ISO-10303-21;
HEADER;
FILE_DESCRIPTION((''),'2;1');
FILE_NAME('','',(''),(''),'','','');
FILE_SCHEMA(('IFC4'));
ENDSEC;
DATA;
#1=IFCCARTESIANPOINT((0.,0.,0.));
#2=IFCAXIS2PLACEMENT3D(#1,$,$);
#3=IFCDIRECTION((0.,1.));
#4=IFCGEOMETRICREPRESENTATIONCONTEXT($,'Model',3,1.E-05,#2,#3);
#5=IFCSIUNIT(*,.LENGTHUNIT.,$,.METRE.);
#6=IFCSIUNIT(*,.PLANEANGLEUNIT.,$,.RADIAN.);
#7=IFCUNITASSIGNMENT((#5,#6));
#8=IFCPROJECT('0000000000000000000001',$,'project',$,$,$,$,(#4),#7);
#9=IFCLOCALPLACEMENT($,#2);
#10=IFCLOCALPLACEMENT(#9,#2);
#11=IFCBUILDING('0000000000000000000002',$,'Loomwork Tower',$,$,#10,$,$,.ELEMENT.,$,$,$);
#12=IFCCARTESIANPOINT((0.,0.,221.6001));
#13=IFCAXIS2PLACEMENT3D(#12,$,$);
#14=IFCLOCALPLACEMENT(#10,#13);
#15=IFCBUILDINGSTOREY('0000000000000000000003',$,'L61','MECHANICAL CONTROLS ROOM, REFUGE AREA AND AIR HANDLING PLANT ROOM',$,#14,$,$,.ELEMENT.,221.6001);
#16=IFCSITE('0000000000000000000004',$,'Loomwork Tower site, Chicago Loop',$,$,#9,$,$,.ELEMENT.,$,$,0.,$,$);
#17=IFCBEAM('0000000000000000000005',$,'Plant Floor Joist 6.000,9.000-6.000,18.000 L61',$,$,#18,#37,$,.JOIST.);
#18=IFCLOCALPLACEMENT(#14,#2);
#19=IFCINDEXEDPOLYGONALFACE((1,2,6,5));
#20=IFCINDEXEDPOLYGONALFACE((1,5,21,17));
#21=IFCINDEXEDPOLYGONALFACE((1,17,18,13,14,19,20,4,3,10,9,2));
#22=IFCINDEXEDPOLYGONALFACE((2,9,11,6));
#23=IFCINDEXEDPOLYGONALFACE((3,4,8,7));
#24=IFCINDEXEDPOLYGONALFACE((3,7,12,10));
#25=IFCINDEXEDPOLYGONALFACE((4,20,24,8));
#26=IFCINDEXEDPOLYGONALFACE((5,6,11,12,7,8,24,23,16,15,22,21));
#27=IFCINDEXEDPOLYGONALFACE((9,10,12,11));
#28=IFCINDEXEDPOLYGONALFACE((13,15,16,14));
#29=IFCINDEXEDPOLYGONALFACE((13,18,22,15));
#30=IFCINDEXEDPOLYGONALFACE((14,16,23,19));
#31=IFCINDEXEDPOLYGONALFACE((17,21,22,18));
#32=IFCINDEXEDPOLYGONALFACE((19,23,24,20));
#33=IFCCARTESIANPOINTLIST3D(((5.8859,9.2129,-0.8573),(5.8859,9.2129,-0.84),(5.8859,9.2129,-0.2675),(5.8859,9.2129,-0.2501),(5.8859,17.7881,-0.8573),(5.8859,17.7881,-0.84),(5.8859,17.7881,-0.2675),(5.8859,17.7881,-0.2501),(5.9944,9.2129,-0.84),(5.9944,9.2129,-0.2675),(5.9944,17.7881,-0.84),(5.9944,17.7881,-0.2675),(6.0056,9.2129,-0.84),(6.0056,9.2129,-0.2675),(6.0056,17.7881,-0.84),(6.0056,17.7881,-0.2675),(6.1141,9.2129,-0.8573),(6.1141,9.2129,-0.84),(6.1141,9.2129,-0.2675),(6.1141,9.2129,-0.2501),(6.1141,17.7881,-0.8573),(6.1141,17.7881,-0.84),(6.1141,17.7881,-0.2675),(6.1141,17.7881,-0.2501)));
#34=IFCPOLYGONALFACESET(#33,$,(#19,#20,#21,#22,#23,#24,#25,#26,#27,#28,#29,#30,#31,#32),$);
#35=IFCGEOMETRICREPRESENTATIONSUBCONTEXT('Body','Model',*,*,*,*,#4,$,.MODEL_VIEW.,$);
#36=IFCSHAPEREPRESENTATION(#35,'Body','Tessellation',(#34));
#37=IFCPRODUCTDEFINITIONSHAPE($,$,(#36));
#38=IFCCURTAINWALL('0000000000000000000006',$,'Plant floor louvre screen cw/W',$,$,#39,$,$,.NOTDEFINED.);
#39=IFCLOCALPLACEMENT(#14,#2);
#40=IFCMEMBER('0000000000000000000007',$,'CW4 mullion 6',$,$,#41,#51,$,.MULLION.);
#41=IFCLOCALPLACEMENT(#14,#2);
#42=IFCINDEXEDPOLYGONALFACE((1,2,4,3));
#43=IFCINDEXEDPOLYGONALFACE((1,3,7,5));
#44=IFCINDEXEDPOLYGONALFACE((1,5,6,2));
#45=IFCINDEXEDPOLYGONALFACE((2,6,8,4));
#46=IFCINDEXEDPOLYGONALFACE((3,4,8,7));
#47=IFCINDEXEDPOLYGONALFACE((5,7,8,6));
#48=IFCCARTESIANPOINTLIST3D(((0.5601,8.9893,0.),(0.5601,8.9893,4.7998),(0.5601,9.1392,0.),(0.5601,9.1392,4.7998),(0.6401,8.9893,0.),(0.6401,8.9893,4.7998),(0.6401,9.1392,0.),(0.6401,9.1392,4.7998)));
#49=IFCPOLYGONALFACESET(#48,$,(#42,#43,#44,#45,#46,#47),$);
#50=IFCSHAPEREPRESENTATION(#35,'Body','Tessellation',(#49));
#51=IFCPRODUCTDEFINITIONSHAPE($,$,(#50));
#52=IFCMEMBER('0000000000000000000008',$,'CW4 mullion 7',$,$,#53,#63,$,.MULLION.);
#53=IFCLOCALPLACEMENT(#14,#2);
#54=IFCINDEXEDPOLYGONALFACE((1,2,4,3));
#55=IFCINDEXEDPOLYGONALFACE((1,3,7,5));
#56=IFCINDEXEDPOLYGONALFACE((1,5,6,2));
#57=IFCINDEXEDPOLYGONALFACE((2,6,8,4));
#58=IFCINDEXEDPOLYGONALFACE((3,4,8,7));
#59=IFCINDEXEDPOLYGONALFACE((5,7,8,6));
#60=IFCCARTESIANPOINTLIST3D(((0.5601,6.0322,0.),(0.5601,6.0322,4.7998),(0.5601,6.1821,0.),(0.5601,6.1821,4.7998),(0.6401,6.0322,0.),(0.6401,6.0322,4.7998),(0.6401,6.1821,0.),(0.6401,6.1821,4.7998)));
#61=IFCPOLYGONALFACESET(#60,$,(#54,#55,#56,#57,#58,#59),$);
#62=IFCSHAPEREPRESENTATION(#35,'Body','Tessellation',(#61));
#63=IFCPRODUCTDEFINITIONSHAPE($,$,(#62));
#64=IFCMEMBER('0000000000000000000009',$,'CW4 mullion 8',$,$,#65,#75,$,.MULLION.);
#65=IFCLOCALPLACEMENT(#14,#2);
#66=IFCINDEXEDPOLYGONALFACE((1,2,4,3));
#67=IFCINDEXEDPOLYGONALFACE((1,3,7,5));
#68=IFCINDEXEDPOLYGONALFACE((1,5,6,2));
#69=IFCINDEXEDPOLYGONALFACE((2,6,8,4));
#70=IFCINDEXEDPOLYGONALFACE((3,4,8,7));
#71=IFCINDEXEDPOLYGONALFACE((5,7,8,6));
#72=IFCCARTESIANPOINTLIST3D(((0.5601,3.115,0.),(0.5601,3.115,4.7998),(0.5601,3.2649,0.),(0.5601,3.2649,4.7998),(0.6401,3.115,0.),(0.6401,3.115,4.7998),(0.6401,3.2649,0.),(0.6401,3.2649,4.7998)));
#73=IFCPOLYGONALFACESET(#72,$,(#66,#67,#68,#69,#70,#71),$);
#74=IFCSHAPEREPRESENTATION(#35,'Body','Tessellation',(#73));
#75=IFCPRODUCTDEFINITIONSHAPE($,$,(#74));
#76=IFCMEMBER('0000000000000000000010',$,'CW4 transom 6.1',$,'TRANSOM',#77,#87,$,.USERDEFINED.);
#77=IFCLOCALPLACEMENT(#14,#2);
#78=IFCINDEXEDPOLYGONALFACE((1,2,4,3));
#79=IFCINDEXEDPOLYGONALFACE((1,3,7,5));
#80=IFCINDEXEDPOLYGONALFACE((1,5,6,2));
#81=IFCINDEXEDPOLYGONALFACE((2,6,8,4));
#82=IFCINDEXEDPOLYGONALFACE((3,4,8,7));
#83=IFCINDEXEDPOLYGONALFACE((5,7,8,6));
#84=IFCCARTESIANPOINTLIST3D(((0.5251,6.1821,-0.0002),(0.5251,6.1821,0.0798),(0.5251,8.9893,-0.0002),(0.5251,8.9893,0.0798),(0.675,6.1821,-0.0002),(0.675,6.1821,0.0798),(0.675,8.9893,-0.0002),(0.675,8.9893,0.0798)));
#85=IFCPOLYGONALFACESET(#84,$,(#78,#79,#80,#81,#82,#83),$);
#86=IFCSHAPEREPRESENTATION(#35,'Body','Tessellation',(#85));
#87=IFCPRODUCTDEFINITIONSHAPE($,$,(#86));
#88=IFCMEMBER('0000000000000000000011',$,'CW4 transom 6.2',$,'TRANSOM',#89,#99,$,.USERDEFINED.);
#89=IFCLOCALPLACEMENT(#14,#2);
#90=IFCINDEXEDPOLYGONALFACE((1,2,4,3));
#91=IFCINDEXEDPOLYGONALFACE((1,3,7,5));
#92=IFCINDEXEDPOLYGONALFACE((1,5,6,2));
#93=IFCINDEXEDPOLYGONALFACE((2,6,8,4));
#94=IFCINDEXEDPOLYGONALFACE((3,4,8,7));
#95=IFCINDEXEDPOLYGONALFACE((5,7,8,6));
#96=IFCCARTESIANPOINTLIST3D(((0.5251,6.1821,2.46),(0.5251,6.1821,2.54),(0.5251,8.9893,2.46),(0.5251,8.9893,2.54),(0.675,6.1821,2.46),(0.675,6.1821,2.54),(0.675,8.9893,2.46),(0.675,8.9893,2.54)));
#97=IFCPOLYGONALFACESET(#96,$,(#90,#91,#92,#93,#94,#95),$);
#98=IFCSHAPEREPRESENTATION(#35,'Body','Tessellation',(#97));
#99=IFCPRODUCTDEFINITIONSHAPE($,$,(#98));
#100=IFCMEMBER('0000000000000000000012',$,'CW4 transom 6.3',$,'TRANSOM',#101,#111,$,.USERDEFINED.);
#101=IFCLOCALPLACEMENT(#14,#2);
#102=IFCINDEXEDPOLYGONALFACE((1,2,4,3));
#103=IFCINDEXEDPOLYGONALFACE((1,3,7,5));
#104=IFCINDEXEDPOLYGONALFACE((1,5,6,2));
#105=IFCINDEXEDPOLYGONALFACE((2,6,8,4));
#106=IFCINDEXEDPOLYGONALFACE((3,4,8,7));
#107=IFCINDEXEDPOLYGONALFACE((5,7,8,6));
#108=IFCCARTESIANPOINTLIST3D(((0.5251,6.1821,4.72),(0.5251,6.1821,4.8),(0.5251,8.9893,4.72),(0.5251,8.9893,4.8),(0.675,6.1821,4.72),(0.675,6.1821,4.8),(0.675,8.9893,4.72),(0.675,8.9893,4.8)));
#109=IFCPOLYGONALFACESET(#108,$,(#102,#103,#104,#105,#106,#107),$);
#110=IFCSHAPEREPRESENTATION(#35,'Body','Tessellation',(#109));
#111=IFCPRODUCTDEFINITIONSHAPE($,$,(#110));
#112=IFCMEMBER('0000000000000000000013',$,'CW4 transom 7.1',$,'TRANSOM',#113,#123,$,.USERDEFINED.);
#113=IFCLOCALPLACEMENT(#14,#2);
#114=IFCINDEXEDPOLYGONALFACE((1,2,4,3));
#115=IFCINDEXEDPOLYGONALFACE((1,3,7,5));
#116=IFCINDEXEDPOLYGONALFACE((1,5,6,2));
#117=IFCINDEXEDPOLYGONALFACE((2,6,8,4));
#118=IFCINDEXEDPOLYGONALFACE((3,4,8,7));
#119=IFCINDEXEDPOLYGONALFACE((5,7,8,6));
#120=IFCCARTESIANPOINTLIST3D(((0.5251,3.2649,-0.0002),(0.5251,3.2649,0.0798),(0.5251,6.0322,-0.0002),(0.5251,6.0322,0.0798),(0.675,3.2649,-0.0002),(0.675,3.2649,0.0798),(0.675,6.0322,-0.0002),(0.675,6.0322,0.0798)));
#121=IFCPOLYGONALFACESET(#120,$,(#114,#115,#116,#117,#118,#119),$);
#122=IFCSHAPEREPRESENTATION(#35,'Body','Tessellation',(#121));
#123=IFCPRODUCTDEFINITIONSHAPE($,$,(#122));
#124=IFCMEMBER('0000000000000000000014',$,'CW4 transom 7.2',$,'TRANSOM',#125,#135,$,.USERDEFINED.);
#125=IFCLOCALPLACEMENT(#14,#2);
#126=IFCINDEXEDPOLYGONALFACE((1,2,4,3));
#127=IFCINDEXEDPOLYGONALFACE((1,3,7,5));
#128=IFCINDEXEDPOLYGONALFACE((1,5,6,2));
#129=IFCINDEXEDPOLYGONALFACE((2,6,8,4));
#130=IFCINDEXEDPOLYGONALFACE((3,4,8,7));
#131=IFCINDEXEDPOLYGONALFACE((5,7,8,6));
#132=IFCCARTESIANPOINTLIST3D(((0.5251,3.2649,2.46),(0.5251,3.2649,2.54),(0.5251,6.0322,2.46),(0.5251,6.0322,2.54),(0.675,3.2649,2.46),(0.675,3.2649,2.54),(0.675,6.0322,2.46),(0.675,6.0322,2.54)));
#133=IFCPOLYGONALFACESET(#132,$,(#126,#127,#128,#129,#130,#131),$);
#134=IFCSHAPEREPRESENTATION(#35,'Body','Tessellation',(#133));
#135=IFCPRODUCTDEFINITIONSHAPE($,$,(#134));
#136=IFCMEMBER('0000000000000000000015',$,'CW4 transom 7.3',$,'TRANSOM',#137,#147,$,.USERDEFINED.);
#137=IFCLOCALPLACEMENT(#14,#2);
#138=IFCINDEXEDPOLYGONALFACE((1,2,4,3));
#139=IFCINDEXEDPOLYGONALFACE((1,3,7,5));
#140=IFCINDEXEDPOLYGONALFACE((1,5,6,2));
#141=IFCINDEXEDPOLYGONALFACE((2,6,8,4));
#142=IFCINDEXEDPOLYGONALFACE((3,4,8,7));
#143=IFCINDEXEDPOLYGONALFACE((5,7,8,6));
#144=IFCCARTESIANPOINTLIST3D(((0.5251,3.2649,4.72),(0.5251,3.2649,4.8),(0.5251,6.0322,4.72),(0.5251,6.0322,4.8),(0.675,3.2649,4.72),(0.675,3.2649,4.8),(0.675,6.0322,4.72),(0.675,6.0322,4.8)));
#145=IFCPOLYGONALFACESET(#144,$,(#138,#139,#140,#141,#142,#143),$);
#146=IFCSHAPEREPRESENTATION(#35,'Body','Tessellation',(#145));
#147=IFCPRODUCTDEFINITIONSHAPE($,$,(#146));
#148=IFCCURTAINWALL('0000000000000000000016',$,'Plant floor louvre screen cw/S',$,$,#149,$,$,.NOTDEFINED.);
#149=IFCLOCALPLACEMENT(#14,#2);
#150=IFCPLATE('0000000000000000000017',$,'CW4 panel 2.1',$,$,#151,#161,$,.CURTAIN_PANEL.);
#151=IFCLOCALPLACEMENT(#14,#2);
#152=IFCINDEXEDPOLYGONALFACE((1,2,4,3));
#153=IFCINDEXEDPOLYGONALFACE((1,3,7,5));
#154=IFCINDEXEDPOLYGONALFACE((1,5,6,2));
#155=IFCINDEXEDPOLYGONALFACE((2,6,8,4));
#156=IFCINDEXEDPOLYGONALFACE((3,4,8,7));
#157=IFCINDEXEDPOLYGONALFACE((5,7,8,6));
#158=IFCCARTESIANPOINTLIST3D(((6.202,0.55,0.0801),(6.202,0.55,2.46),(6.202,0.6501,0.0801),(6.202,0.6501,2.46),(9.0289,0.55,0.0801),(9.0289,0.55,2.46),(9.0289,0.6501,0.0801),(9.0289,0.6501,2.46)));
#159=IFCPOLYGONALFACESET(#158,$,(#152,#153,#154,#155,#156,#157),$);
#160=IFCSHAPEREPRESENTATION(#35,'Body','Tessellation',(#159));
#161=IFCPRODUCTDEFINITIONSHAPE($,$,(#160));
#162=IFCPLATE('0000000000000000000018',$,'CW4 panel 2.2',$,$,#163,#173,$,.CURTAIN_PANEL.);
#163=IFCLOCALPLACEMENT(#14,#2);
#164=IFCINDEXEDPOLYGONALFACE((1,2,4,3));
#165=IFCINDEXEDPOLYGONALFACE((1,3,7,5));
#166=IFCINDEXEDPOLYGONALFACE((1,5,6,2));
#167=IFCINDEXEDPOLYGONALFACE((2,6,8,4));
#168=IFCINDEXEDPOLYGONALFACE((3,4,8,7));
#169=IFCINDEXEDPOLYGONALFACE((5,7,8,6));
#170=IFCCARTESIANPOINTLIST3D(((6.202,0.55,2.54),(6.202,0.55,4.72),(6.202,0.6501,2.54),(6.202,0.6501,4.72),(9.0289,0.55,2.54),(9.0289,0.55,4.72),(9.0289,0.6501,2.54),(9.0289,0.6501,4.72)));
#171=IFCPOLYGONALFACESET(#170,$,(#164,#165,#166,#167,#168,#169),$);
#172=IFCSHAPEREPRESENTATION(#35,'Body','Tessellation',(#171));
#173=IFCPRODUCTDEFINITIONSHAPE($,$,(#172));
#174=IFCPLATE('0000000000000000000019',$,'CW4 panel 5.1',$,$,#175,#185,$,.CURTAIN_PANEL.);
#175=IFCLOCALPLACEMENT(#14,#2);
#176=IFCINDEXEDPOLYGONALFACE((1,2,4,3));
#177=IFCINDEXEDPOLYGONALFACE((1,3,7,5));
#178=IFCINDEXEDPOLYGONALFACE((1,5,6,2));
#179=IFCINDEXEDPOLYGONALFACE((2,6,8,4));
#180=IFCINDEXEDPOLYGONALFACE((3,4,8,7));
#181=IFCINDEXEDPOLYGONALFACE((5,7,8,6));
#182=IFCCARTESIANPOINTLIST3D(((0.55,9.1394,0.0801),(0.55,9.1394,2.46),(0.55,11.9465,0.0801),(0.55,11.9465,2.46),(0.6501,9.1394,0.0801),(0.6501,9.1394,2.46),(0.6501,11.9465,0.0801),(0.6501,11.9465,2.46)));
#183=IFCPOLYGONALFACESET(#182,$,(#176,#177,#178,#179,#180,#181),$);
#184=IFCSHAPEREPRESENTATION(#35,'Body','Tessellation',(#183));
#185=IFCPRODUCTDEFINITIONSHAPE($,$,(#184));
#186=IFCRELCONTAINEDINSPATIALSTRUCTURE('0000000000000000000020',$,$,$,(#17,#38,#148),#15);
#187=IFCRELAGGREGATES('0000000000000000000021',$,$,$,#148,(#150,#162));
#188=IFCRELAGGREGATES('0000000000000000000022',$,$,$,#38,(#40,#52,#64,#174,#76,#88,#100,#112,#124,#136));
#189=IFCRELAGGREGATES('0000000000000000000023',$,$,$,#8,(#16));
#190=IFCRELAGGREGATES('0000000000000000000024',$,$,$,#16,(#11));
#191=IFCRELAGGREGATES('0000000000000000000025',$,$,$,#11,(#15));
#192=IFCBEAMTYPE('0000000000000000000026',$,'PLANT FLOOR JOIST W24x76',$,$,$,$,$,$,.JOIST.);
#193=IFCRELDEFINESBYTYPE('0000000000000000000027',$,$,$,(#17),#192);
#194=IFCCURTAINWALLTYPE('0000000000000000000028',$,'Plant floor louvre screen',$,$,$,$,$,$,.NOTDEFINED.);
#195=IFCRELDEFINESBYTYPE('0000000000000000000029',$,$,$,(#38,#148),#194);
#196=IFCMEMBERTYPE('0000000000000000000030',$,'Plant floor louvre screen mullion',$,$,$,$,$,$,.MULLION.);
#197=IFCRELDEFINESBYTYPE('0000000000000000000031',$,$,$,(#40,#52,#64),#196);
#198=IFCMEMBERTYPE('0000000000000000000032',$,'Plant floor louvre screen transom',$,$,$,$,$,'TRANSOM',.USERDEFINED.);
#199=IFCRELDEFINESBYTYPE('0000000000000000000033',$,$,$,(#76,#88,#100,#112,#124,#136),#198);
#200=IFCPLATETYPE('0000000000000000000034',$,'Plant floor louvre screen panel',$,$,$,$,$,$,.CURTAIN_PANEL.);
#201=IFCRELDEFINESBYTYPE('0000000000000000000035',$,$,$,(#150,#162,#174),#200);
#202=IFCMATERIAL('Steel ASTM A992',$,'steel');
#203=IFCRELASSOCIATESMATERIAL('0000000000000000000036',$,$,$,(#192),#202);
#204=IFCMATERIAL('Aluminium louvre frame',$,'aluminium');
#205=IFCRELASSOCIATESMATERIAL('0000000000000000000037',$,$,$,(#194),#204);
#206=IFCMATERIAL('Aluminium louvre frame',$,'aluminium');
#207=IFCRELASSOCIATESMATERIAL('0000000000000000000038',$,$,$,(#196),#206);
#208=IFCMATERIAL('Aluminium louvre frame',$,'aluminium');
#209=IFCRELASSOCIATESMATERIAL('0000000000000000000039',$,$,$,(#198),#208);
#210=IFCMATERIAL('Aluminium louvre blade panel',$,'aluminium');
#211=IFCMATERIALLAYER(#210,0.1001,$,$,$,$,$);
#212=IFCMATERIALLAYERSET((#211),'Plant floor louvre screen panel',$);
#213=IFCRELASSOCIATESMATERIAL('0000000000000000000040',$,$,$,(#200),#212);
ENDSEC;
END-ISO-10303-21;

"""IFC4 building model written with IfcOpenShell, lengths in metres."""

from ifc_helpers import new_model, si_unit, direction, frame, origin, origin_2d, place, context, subcontext, project, spatial, rectangle, i_section, extrude, material, layer, layer_set, material_profile, profile_set, type_object, element, aggregate, save


model = new_model("IFC4")

# Units and contexts
model_context = context("Model", 3, precision=1e-05, world=origin(), true_north=direction((0.0, 1.0)))
body_context = subcontext(model_context, "Body", "Model", "MODEL_VIEW")
ifc_project = project(units=[si_unit("LENGTHUNIT", "METRE"), si_unit("PLANEANGLEUNIT", "RADIAN")], contexts=[model_context])

# Site, building, storey
site_placement = place(None, origin())
site = spatial("IfcSite", under=ifc_project, at=site_placement, Name="Loomwork Tower site, Chicago Loop", CompositionType="ELEMENT", RefElevation=0.0)
building_placement = place(site_placement, origin())
building = spatial("IfcBuilding", under=site, at=building_placement, Name="Loomwork Tower", CompositionType="ELEMENT")
storey_placement = place(building_placement, frame((0.0, 0.0, 221.6001)))
storey = spatial("IfcBuildingStorey", under=building, at=storey_placement, Name="L61", Description="MECHANICAL CONTROLS ROOM, REFUGE AREA AND AIR HANDLING PLANT ROOM", CompositionType="ELEMENT", Elevation=221.6001)

# Beam
ifc_material_1 = material(Name="Steel ASTM A992", Category="steel")
ifc_material_profile_1 = material_profile(ifc_material_1, i_section(OverallWidth=0.2283, OverallDepth=0.6072, WebThickness=0.0112, FlangeThickness=0.0173, at=origin_2d()), Name="W24x76")
ifc_profile_set_1 = profile_set([ifc_material_profile_1], Name="Steel ASTM A992")
beam_type_1 = type_object("IfcBeamType", Name="PLANT FLOOR JOIST W24x76", PredefinedType="JOIST", material=ifc_profile_set_1)
for number, where, z_axis, x_axis, name in (
    (1, (6.0, 9.2129, -0.5537), (0.0, 1.0, 0.0), (-1.0, 0.0, 0.0), "Plant Floor Joist 6.000,9.000-6.000,18.000 L61"),
):
    element("IfcBeam", number, at=place(storey_placement, frame(where, z_axis=z_axis, x_axis=x_axis)), inside=storey, type_object=beam_type_1, Name=name, PredefinedType="JOIST", context=body_context, shape_type="SweptSolid", body=[
        extrude(i_section(OverallWidth=0.2283, OverallDepth=0.6072, WebThickness=0.0112, FlangeThickness=0.0173, at=origin_2d()), origin(), (0.0, 0.0, 1.0), 8.5752),
    ])

# Curtain wall, members
ifc_material_2 = material(Name="Aluminium louvre frame", Category="aluminium")
curtain_wall_type = type_object("IfcCurtainWallType", Name="Plant floor louvre screen", PredefinedType="NOTDEFINED", material=ifc_material_2)
curtain_wall_1_placement = place(storey_placement, origin())
curtain_wall_1 = element("IfcCurtainWall", 2, at=curtain_wall_1_placement, inside=storey, type_object=curtain_wall_type, Name="Plant floor louvre screen cw/W", PredefinedType="NOTDEFINED")
ifc_material_3 = material(Name="Aluminium louvre frame", Category="aluminium")
ifc_material_profile_2 = material_profile(ifc_material_3, rectangle(XDim=0.0801, YDim=0.1499, at=origin_2d()), Name="AL 80x150")
ifc_profile_set_2 = profile_set([ifc_material_profile_2], Name="Aluminium louvre frame")
member_type_1 = type_object("IfcMemberType", Name="Plant floor louvre screen mullion", PredefinedType="MULLION", material=ifc_profile_set_2)
member_1_placement = place(storey_placement, frame((0.6001, 9.0642, 0.0), z_axis=(0.0, 0.0, 1.0), x_axis=(1.0, 0.0, 0.0)))
member_1 = element("IfcMember", 3, at=member_1_placement, type_object=member_type_1, Name="CW4 mullion 6", PredefinedType="MULLION", context=body_context, shape_type="SweptSolid", body=[
    extrude(rectangle(XDim=0.0801, YDim=0.1499, at=origin_2d()), origin(), (0.0, 0.0, 1.0), 4.7998),
])
member_2_placement = place(storey_placement, frame((0.6001, 6.1072, 0.0), z_axis=(0.0, 0.0, 1.0), x_axis=(1.0, 0.0, 0.0)))
member_2 = element("IfcMember", 4, at=member_2_placement, type_object=member_type_1, Name="CW4 mullion 7", PredefinedType="MULLION", context=body_context, shape_type="SweptSolid", body=[
    extrude(rectangle(XDim=0.0801, YDim=0.1499, at=origin_2d()), origin(), (0.0, 0.0, 1.0), 4.7998),
])
member_3_placement = place(storey_placement, frame((0.6001, 3.1899, 0.0), z_axis=(0.0, 0.0, 1.0), x_axis=(1.0, 0.0, 0.0)))
member_3 = element("IfcMember", 5, at=member_3_placement, type_object=member_type_1, Name="CW4 mullion 8", PredefinedType="MULLION", context=body_context, shape_type="SweptSolid", body=[
    extrude(rectangle(XDim=0.0801, YDim=0.1499, at=origin_2d()), origin(), (0.0, 0.0, 1.0), 4.7998),
])
ifc_material_4 = material(Name="Aluminium louvre frame", Category="aluminium")
ifc_material_profile_3 = material_profile(ifc_material_4, rectangle(XDim=0.1499, YDim=0.0801, at=origin_2d()), Name="AL 80x150")
ifc_profile_set_3 = profile_set([ifc_material_profile_3], Name="Aluminium louvre frame")
member_type_2 = type_object("IfcMemberType", Name="Plant floor louvre screen transom", ElementType="TRANSOM", PredefinedType="USERDEFINED", material=ifc_profile_set_3)
member_4_placement = place(storey_placement, frame((0.6001, 8.9893, 0.0398), z_axis=(0.0, -1.0, 0.0), x_axis=(1.0, 0.0, 0.0)))
member_4 = element("IfcMember", 6, at=member_4_placement, type_object=member_type_2, Name="CW4 transom 6.1", ObjectType="TRANSOM", PredefinedType="USERDEFINED", context=body_context, shape_type="SweptSolid", body=[
    extrude(rectangle(XDim=0.1499, YDim=0.0801, at=origin_2d()), origin(), (0.0, 0.0, 1.0), 2.8071),
])
member_5_placement = place(storey_placement, frame((0.6001, 8.9893, 2.5), z_axis=(0.0, -1.0, 0.0), x_axis=(1.0, 0.0, 0.0)))
member_5 = element("IfcMember", 7, at=member_5_placement, type_object=member_type_2, Name="CW4 transom 6.2", ObjectType="TRANSOM", PredefinedType="USERDEFINED", context=body_context, shape_type="SweptSolid", body=[
    extrude(rectangle(XDim=0.1499, YDim=0.0801, at=origin_2d()), origin(), (0.0, 0.0, 1.0), 2.8071),
])
member_6_placement = place(storey_placement, frame((0.6001, 8.9893, 4.76), z_axis=(0.0, -1.0, 0.0), x_axis=(1.0, 0.0, 0.0)))
member_6 = element("IfcMember", 8, at=member_6_placement, type_object=member_type_2, Name="CW4 transom 6.3", ObjectType="TRANSOM", PredefinedType="USERDEFINED", context=body_context, shape_type="SweptSolid", body=[
    extrude(rectangle(XDim=0.1499, YDim=0.0801, at=origin_2d()), origin(), (0.0, 0.0, 1.0), 2.8071),
])
member_7_placement = place(storey_placement, frame((0.6001, 6.0322, 0.0398), z_axis=(0.0, -1.0, 0.0), x_axis=(1.0, 0.0, 0.0)))
member_7 = element("IfcMember", 9, at=member_7_placement, type_object=member_type_2, Name="CW4 transom 7.1", ObjectType="TRANSOM", PredefinedType="USERDEFINED", context=body_context, shape_type="SweptSolid", body=[
    extrude(rectangle(XDim=0.1499, YDim=0.0801, at=origin_2d()), origin(), (0.0, 0.0, 1.0), 2.7673),
])
member_8_placement = place(storey_placement, frame((0.6001, 6.0322, 2.5), z_axis=(0.0, -1.0, 0.0), x_axis=(1.0, 0.0, 0.0)))
member_8 = element("IfcMember", 10, at=member_8_placement, type_object=member_type_2, Name="CW4 transom 7.2", ObjectType="TRANSOM", PredefinedType="USERDEFINED", context=body_context, shape_type="SweptSolid", body=[
    extrude(rectangle(XDim=0.1499, YDim=0.0801, at=origin_2d()), origin(), (0.0, 0.0, 1.0), 2.7673),
])
member_9_placement = place(storey_placement, frame((0.6001, 6.0322, 4.76), z_axis=(0.0, -1.0, 0.0), x_axis=(1.0, 0.0, 0.0)))
member_9 = element("IfcMember", 11, at=member_9_placement, type_object=member_type_2, Name="CW4 transom 7.3", ObjectType="TRANSOM", PredefinedType="USERDEFINED", context=body_context, shape_type="SweptSolid", body=[
    extrude(rectangle(XDim=0.1499, YDim=0.0801, at=origin_2d()), origin(), (0.0, 0.0, 1.0), 2.7673),
])

# Curtain wall, plates
curtain_wall_2_placement = place(storey_placement, origin())
curtain_wall_2 = element("IfcCurtainWall", 12, at=curtain_wall_2_placement, inside=storey, type_object=curtain_wall_type, Name="Plant floor louvre screen cw/S", PredefinedType="NOTDEFINED")
ifc_material_5 = material(Name="Aluminium louvre blade panel", Category="aluminium")
ifc_layer_1 = layer(ifc_material_5, 0.1001)
ifc_layer_set_1 = layer_set([ifc_layer_1], Name="Plant floor louvre screen panel")
plate_type_1 = type_object("IfcPlateType", Name="Plant floor louvre screen panel", PredefinedType="CURTAIN_PANEL", material=ifc_layer_set_1)
plate_1_placement = place(storey_placement, frame((7.6155, 0.6001, 0.0801), z_axis=(0.0, 0.0, 1.0), x_axis=(1.0, 0.0, 0.0)))
plate_1 = element("IfcPlate", 13, at=plate_1_placement, type_object=plate_type_1, Name="CW4 panel 2.1", PredefinedType="CURTAIN_PANEL", context=body_context, shape_type="SweptSolid", body=[
    extrude(rectangle(XDim=2.8269, YDim=0.1001, at=origin_2d()), origin(), (0.0, 0.0, 1.0), 2.3799),
])
plate_2_placement = place(storey_placement, frame((7.6155, 0.6001, 2.54), z_axis=(0.0, 0.0, 1.0), x_axis=(1.0, 0.0, 0.0)))
plate_2 = element("IfcPlate", 14, at=plate_2_placement, type_object=plate_type_1, Name="CW4 panel 2.2", PredefinedType="CURTAIN_PANEL", context=body_context, shape_type="SweptSolid", body=[
    extrude(rectangle(XDim=2.8269, YDim=0.1001, at=origin_2d()), origin(), (0.0, 0.0, 1.0), 2.1799),
])
aggregate(curtain_wall_2, [plate_1, plate_2])

# Plate
plate_3_placement = place(storey_placement, frame((0.6001, 10.543, 0.0801), z_axis=(0.0, 0.0, 1.0), x_axis=(0.0, -1.0, 0.0)))
plate_3 = element("IfcPlate", 15, at=plate_3_placement, type_object=plate_type_1, Name="CW4 panel 5.1", PredefinedType="CURTAIN_PANEL", context=body_context, shape_type="SweptSolid", body=[
    extrude(rectangle(XDim=2.8071, YDim=0.1001, at=origin_2d()), origin(), (0.0, 0.0, 1.0), 2.3799),
])
aggregate(curtain_wall_1, [member_1, member_2, member_3, plate_3, member_4, member_5, member_6, member_7, member_8, member_9])

save(model, "model.ifc")
